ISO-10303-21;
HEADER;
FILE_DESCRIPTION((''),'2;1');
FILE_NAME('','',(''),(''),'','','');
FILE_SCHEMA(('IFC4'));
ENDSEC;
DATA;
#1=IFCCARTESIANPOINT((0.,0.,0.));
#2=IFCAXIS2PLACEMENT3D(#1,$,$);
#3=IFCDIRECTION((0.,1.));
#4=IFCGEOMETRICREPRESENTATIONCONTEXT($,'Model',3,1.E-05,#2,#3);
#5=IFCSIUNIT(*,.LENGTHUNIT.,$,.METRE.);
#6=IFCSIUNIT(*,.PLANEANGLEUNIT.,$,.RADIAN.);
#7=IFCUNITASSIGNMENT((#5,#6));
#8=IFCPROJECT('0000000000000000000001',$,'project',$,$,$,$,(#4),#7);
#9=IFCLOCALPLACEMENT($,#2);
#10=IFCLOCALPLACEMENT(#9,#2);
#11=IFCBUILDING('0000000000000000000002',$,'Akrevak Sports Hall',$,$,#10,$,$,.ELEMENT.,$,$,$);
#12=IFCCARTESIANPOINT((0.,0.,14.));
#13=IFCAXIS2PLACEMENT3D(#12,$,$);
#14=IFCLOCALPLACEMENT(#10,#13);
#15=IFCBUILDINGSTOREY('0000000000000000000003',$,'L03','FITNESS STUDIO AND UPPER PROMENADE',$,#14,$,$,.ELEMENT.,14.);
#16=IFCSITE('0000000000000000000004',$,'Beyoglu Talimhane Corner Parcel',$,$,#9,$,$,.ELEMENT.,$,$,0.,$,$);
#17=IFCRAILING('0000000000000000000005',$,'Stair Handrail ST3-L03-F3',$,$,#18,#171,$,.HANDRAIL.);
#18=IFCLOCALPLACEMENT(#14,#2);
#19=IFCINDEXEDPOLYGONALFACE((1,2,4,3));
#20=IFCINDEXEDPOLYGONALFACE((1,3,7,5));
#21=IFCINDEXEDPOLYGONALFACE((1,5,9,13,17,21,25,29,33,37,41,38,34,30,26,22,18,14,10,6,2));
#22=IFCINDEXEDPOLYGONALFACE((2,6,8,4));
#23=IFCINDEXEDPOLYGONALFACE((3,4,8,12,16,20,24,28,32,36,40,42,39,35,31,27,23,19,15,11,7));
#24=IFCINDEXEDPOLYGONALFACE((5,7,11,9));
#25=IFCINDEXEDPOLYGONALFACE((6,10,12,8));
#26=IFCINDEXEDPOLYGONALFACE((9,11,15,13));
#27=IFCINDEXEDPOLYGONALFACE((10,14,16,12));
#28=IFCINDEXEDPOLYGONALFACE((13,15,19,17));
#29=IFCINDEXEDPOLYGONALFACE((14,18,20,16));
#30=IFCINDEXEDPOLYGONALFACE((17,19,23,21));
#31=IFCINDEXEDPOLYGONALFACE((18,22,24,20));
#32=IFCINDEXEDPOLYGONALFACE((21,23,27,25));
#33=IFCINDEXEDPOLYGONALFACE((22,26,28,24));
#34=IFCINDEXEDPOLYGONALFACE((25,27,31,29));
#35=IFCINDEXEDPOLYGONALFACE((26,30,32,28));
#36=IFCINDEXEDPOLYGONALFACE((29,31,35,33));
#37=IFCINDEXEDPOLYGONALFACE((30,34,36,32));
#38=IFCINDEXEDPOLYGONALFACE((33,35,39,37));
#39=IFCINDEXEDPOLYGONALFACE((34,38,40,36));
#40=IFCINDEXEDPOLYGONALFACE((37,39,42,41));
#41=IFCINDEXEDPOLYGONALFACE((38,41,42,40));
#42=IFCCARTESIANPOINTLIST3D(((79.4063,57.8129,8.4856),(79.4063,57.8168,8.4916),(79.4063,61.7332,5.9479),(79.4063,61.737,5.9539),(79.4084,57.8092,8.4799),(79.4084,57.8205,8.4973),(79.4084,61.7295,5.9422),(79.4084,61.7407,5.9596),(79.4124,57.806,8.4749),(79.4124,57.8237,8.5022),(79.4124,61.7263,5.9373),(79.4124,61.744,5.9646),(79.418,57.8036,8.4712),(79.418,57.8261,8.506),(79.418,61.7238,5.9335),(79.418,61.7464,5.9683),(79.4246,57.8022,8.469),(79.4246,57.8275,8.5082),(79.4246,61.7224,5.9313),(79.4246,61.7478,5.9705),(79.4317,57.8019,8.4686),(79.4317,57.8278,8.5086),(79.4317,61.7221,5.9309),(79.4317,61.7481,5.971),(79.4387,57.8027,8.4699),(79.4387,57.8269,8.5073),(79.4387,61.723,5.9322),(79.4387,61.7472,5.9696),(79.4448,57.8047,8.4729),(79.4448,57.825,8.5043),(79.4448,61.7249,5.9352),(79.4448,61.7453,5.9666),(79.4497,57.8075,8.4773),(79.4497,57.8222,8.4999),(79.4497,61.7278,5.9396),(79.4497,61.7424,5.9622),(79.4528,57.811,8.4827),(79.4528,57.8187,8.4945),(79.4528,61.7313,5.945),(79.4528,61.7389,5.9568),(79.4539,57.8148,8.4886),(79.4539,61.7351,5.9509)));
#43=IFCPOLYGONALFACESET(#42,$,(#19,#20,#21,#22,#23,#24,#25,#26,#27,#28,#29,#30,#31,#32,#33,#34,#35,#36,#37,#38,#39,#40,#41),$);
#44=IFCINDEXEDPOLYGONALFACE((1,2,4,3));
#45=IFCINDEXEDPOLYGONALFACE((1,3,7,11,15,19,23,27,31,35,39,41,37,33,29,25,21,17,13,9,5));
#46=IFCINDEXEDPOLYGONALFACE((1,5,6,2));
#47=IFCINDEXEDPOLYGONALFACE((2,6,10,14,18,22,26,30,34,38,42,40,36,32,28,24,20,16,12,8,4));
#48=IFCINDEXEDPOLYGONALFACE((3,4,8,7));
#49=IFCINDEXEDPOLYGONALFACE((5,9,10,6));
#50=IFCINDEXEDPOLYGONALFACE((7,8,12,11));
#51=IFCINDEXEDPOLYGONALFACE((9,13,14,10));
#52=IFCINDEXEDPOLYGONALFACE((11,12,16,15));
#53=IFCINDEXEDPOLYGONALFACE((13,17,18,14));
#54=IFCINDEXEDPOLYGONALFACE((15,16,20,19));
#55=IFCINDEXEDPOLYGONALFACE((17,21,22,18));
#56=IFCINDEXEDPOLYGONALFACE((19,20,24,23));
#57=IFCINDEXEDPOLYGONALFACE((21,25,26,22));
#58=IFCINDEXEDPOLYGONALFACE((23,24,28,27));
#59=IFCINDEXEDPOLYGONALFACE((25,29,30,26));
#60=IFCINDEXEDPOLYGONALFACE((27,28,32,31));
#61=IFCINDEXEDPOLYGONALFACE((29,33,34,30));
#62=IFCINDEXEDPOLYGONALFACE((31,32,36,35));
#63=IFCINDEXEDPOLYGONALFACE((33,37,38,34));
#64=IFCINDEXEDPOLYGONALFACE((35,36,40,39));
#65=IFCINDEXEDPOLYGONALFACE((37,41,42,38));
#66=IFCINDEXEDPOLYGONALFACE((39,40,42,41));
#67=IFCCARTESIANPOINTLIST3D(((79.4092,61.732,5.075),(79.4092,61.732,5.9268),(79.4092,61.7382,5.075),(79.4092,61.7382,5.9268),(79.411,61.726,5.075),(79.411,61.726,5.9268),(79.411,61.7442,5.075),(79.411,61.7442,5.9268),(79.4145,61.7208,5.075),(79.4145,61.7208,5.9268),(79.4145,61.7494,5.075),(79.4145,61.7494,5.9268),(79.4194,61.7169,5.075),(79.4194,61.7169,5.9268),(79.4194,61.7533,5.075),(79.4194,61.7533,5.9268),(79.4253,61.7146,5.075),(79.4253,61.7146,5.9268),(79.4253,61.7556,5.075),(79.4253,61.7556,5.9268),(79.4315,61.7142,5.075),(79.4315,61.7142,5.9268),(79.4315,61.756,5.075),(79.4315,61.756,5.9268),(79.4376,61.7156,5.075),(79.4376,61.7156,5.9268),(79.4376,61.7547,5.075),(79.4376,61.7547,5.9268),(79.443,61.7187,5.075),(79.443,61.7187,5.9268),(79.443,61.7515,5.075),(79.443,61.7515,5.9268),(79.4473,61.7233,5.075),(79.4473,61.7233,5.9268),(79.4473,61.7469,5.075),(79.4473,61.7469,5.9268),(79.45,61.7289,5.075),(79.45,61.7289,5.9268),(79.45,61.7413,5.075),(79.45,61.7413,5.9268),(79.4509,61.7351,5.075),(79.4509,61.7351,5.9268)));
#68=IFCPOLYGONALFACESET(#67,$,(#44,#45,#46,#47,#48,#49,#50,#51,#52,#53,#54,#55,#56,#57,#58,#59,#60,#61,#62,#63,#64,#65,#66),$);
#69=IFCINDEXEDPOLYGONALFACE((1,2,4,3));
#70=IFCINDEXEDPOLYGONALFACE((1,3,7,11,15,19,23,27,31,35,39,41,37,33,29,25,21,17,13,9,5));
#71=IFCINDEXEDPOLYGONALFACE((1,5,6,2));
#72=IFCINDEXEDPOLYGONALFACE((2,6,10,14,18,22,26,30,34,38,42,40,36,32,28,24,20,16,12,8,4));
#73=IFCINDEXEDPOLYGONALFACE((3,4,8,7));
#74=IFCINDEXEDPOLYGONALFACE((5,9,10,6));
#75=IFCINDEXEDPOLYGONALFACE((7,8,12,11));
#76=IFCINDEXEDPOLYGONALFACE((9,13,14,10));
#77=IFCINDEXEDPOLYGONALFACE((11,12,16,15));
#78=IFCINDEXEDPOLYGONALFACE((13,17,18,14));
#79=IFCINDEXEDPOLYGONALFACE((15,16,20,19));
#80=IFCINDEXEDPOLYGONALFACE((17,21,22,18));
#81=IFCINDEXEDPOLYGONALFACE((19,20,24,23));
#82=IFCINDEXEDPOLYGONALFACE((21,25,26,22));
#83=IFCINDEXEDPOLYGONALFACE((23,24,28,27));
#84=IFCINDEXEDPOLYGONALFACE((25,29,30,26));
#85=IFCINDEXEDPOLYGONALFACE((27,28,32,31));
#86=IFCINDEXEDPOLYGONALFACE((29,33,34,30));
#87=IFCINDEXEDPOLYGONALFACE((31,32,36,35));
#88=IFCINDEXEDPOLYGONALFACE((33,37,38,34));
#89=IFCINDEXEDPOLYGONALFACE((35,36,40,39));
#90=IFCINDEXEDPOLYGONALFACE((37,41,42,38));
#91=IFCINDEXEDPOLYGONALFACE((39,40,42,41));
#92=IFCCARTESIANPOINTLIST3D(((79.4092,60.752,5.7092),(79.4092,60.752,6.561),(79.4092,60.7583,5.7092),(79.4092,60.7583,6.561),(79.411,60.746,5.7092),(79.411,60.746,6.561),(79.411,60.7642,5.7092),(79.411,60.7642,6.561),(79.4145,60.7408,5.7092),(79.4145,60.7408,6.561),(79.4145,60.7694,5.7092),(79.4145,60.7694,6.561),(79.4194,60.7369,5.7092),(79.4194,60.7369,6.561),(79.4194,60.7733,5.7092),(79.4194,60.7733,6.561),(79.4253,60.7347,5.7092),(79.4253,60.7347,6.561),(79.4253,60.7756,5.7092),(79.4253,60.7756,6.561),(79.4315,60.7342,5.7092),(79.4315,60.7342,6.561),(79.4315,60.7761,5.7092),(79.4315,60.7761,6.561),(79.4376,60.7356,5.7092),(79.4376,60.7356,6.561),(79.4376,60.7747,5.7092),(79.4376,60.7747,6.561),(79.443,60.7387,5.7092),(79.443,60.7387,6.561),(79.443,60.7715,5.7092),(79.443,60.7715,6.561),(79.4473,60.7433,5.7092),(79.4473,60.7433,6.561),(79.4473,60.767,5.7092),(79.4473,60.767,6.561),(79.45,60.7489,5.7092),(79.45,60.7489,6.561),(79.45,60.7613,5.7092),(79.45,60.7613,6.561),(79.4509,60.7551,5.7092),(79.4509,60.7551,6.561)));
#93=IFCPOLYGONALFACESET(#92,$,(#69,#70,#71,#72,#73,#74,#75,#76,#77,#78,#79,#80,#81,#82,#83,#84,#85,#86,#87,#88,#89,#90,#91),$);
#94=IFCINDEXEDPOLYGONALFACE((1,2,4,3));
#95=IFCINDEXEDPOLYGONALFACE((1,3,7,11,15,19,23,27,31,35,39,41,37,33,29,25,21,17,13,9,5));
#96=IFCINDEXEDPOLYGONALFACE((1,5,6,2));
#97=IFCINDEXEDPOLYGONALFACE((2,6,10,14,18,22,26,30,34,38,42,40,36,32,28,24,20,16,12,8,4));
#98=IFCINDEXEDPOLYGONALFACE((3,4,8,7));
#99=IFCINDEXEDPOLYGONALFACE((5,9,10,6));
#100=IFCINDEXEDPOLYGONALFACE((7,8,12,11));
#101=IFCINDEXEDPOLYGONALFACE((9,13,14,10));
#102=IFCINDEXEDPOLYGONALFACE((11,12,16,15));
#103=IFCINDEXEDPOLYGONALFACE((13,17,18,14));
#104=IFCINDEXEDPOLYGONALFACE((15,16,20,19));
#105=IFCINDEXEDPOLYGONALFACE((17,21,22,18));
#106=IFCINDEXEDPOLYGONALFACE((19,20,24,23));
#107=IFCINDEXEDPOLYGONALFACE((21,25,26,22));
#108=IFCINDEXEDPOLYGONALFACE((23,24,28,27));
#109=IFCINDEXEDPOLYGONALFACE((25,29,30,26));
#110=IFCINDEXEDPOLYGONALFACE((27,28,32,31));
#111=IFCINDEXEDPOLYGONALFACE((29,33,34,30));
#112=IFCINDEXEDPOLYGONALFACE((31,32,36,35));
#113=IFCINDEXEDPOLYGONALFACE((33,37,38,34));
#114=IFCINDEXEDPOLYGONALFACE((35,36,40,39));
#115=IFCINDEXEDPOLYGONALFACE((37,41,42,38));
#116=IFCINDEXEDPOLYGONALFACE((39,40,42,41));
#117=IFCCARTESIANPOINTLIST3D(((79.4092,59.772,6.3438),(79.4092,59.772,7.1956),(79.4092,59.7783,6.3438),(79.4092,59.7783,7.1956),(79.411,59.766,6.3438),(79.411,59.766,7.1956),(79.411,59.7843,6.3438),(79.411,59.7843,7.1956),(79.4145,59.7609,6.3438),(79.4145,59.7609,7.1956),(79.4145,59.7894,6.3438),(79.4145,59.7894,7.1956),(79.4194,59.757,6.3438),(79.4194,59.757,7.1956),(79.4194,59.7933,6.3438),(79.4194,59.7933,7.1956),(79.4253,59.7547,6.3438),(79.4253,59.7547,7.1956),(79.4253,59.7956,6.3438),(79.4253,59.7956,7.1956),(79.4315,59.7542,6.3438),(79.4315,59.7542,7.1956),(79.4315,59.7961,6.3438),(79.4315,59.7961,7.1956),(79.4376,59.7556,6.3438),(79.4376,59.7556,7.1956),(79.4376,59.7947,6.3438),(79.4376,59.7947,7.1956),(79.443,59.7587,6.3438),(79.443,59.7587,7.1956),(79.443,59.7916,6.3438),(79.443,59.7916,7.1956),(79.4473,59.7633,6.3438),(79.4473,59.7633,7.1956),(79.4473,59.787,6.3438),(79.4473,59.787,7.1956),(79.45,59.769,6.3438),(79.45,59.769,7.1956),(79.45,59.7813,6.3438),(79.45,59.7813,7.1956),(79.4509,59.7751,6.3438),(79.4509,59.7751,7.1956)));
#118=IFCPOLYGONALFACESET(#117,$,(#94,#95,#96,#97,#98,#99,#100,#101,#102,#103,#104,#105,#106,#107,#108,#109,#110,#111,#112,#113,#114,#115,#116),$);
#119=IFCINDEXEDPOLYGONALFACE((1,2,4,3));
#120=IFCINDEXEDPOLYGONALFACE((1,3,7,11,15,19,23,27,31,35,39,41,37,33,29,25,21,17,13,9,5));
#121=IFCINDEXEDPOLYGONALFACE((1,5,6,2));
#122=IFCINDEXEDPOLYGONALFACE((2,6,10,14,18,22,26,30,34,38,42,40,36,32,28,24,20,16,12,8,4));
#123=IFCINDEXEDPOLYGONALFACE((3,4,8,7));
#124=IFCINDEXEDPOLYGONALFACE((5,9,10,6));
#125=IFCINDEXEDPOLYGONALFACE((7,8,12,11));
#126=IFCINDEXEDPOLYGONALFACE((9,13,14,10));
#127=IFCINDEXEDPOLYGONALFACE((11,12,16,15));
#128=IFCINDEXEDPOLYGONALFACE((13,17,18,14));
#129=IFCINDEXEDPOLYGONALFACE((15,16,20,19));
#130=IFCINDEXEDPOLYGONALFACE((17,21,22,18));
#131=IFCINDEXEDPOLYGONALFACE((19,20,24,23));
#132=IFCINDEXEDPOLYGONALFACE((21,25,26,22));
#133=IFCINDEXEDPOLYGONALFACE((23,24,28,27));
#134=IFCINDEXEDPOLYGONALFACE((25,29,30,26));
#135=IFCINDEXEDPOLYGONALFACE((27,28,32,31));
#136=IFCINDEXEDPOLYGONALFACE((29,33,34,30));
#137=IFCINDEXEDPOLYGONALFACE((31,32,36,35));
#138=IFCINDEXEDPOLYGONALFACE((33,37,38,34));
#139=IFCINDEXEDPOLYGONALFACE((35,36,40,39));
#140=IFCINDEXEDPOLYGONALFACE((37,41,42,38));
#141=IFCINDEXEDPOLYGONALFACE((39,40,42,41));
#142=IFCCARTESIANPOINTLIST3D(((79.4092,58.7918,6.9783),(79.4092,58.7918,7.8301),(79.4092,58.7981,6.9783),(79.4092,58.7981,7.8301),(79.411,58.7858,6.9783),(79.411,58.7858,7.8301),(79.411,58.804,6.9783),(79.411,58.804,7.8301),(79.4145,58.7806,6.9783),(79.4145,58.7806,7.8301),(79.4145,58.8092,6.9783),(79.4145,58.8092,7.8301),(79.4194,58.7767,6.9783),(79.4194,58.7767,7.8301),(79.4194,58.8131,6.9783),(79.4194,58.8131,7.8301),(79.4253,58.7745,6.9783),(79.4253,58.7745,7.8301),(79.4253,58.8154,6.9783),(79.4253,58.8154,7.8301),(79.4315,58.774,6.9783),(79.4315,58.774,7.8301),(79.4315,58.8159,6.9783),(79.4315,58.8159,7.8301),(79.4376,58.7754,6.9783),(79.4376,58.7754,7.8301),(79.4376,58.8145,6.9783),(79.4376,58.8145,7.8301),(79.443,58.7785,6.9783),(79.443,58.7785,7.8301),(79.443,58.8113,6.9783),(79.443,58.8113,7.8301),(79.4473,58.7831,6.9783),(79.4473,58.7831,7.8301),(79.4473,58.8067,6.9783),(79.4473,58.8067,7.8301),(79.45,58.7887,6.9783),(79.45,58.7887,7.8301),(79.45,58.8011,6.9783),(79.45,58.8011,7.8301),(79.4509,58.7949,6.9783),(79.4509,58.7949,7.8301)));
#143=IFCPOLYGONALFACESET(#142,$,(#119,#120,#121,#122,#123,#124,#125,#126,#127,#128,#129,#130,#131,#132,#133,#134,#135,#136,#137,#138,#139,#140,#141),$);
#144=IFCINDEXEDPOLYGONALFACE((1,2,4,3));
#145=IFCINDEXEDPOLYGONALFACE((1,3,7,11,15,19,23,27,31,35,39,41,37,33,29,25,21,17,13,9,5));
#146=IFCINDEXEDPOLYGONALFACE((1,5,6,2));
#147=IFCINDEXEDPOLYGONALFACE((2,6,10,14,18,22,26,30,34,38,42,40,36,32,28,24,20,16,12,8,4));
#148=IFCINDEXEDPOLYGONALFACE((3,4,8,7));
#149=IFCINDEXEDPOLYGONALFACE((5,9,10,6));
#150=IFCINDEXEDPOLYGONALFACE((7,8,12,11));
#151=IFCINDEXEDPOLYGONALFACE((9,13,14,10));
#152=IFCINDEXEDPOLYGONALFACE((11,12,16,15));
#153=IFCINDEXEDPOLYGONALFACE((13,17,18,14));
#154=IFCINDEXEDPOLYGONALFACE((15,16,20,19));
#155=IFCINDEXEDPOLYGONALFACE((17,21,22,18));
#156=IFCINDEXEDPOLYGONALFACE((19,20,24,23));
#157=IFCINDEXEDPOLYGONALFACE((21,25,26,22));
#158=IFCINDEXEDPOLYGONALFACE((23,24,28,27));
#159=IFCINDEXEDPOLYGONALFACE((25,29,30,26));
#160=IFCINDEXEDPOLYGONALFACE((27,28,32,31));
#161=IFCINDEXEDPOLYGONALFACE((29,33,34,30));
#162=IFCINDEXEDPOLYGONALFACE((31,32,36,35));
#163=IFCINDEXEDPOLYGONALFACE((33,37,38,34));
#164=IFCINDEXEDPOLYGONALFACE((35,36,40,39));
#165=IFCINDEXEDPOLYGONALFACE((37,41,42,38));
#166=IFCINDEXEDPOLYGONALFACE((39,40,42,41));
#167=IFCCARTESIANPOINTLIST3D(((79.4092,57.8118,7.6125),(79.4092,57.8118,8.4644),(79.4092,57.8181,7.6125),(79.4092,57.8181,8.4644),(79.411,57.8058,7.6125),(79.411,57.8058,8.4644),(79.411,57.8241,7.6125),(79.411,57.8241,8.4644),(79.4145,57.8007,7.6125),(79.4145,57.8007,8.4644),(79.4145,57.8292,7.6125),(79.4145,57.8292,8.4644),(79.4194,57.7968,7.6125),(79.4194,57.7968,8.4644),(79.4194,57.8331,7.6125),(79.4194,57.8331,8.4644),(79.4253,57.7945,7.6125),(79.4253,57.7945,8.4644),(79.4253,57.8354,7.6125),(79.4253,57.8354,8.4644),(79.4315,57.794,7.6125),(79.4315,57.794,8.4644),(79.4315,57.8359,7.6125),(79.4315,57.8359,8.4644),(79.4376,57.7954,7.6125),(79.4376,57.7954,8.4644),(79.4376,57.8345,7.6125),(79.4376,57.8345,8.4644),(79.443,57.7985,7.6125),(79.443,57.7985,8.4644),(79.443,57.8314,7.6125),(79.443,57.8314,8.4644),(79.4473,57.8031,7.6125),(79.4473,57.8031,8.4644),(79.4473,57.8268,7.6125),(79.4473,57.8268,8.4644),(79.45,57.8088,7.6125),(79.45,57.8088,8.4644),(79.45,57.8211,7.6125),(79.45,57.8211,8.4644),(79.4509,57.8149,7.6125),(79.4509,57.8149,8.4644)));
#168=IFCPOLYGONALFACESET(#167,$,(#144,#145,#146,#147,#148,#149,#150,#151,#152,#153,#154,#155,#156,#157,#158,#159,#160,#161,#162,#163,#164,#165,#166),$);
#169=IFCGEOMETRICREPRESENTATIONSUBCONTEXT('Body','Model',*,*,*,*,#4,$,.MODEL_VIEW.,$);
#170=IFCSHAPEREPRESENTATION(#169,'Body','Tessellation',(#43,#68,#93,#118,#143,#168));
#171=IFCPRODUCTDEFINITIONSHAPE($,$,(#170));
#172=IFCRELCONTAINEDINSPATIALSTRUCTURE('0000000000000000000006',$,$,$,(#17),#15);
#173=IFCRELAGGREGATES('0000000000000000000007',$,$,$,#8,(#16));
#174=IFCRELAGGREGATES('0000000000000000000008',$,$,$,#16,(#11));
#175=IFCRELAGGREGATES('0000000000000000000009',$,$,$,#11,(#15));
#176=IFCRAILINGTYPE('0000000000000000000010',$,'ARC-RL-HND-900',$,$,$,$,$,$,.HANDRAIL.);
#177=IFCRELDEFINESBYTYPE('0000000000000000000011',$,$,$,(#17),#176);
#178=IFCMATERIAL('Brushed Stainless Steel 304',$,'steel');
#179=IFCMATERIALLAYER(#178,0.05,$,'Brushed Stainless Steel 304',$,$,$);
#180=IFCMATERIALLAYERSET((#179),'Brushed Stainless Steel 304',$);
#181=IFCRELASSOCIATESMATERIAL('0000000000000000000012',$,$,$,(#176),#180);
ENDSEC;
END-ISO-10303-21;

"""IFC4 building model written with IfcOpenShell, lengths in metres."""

from ifc_helpers import new_model, si_unit, direction, frame, origin, origin_2d, place, context, subcontext, project, spatial, circle, extrude, material, layer, layer_set, type_object, element, save


model = new_model("IFC4")

# Units and contexts
model_context = context("Model", 3, precision=1e-05, world=origin(), true_north=direction((0.0, 1.0)))
body_context = subcontext(model_context, "Body", "Model", "MODEL_VIEW")
ifc_project = project(units=[si_unit("LENGTHUNIT", "METRE"), si_unit("PLANEANGLEUNIT", "RADIAN")], contexts=[model_context])

# Site, building, storey
site_placement = place(None, origin())
site = spatial("IfcSite", under=ifc_project, at=site_placement, Name="Beyoglu Talimhane Corner Parcel", CompositionType="ELEMENT", RefElevation=0.0)
building_placement = place(site_placement, origin())
building = spatial("IfcBuilding", under=site, at=building_placement, Name="Akrevak Sports Hall", CompositionType="ELEMENT")
storey_placement = place(building_placement, frame((0.0, 0.0, 14.0)))
storey = spatial("IfcBuildingStorey", under=building, at=storey_placement, Name="L03", Description="FITNESS STUDIO AND UPPER PROMENADE", CompositionType="ELEMENT", Elevation=14.0)

# Railing
ifc_material_1 = material(Name="Brushed Stainless Steel 304", Category="steel")
ifc_layer_1 = layer(ifc_material_1, 0.05, Name="Brushed Stainless Steel 304")
ifc_layer_set_1 = layer_set([ifc_layer_1], Name="Brushed Stainless Steel 304")
railing_type_1 = type_object("IfcRailingType", Name="ARC-RL-HND-900", PredefinedType="HANDRAIL", material=ifc_layer_set_1)
railing_1_placement = place(storey_placement, frame((79.4299, 61.7351, 5.075)))
element("IfcRailing", 1, at=railing_1_placement, inside=storey, type_object=railing_type_1, Name="Stair Handrail ST3-L03-F3", PredefinedType="HANDRAIL", context=body_context, shape_type="SweptSolid", body=[
    extrude(circle(Radius=0.0239, at=origin_2d()), frame((0.0, 0.0, 0.876), z_axis=(0.0, -0.839471, 0.543405), x_axis=(1.0, 0.0, 0.0)), (0.0, 0.0, 1.0), 4.6699),
    extrude(circle(Radius=0.021, at=origin_2d()), origin(), (0.0, 0.0, 1.0), 0.8518),
    extrude(circle(Radius=0.021, at=origin_2d()), frame((0.0, -0.98, 0.6343)), (0.0, 0.0, 1.0), 0.8518),
    extrude(circle(Radius=0.021, at=origin_2d()), frame((0.0, -1.96, 1.2688)), (0.0, 0.0, 1.0), 0.8518),
    extrude(circle(Radius=0.021, at=origin_2d()), frame((0.0, -2.9402, 1.9033)), (0.0, 0.0, 1.0), 0.8518),
    extrude(circle(Radius=0.021, at=origin_2d()), frame((0.0, -3.9202, 2.5376)), (0.0, 0.0, 1.0), 0.8518),
])

save(model, "model.ifc")
